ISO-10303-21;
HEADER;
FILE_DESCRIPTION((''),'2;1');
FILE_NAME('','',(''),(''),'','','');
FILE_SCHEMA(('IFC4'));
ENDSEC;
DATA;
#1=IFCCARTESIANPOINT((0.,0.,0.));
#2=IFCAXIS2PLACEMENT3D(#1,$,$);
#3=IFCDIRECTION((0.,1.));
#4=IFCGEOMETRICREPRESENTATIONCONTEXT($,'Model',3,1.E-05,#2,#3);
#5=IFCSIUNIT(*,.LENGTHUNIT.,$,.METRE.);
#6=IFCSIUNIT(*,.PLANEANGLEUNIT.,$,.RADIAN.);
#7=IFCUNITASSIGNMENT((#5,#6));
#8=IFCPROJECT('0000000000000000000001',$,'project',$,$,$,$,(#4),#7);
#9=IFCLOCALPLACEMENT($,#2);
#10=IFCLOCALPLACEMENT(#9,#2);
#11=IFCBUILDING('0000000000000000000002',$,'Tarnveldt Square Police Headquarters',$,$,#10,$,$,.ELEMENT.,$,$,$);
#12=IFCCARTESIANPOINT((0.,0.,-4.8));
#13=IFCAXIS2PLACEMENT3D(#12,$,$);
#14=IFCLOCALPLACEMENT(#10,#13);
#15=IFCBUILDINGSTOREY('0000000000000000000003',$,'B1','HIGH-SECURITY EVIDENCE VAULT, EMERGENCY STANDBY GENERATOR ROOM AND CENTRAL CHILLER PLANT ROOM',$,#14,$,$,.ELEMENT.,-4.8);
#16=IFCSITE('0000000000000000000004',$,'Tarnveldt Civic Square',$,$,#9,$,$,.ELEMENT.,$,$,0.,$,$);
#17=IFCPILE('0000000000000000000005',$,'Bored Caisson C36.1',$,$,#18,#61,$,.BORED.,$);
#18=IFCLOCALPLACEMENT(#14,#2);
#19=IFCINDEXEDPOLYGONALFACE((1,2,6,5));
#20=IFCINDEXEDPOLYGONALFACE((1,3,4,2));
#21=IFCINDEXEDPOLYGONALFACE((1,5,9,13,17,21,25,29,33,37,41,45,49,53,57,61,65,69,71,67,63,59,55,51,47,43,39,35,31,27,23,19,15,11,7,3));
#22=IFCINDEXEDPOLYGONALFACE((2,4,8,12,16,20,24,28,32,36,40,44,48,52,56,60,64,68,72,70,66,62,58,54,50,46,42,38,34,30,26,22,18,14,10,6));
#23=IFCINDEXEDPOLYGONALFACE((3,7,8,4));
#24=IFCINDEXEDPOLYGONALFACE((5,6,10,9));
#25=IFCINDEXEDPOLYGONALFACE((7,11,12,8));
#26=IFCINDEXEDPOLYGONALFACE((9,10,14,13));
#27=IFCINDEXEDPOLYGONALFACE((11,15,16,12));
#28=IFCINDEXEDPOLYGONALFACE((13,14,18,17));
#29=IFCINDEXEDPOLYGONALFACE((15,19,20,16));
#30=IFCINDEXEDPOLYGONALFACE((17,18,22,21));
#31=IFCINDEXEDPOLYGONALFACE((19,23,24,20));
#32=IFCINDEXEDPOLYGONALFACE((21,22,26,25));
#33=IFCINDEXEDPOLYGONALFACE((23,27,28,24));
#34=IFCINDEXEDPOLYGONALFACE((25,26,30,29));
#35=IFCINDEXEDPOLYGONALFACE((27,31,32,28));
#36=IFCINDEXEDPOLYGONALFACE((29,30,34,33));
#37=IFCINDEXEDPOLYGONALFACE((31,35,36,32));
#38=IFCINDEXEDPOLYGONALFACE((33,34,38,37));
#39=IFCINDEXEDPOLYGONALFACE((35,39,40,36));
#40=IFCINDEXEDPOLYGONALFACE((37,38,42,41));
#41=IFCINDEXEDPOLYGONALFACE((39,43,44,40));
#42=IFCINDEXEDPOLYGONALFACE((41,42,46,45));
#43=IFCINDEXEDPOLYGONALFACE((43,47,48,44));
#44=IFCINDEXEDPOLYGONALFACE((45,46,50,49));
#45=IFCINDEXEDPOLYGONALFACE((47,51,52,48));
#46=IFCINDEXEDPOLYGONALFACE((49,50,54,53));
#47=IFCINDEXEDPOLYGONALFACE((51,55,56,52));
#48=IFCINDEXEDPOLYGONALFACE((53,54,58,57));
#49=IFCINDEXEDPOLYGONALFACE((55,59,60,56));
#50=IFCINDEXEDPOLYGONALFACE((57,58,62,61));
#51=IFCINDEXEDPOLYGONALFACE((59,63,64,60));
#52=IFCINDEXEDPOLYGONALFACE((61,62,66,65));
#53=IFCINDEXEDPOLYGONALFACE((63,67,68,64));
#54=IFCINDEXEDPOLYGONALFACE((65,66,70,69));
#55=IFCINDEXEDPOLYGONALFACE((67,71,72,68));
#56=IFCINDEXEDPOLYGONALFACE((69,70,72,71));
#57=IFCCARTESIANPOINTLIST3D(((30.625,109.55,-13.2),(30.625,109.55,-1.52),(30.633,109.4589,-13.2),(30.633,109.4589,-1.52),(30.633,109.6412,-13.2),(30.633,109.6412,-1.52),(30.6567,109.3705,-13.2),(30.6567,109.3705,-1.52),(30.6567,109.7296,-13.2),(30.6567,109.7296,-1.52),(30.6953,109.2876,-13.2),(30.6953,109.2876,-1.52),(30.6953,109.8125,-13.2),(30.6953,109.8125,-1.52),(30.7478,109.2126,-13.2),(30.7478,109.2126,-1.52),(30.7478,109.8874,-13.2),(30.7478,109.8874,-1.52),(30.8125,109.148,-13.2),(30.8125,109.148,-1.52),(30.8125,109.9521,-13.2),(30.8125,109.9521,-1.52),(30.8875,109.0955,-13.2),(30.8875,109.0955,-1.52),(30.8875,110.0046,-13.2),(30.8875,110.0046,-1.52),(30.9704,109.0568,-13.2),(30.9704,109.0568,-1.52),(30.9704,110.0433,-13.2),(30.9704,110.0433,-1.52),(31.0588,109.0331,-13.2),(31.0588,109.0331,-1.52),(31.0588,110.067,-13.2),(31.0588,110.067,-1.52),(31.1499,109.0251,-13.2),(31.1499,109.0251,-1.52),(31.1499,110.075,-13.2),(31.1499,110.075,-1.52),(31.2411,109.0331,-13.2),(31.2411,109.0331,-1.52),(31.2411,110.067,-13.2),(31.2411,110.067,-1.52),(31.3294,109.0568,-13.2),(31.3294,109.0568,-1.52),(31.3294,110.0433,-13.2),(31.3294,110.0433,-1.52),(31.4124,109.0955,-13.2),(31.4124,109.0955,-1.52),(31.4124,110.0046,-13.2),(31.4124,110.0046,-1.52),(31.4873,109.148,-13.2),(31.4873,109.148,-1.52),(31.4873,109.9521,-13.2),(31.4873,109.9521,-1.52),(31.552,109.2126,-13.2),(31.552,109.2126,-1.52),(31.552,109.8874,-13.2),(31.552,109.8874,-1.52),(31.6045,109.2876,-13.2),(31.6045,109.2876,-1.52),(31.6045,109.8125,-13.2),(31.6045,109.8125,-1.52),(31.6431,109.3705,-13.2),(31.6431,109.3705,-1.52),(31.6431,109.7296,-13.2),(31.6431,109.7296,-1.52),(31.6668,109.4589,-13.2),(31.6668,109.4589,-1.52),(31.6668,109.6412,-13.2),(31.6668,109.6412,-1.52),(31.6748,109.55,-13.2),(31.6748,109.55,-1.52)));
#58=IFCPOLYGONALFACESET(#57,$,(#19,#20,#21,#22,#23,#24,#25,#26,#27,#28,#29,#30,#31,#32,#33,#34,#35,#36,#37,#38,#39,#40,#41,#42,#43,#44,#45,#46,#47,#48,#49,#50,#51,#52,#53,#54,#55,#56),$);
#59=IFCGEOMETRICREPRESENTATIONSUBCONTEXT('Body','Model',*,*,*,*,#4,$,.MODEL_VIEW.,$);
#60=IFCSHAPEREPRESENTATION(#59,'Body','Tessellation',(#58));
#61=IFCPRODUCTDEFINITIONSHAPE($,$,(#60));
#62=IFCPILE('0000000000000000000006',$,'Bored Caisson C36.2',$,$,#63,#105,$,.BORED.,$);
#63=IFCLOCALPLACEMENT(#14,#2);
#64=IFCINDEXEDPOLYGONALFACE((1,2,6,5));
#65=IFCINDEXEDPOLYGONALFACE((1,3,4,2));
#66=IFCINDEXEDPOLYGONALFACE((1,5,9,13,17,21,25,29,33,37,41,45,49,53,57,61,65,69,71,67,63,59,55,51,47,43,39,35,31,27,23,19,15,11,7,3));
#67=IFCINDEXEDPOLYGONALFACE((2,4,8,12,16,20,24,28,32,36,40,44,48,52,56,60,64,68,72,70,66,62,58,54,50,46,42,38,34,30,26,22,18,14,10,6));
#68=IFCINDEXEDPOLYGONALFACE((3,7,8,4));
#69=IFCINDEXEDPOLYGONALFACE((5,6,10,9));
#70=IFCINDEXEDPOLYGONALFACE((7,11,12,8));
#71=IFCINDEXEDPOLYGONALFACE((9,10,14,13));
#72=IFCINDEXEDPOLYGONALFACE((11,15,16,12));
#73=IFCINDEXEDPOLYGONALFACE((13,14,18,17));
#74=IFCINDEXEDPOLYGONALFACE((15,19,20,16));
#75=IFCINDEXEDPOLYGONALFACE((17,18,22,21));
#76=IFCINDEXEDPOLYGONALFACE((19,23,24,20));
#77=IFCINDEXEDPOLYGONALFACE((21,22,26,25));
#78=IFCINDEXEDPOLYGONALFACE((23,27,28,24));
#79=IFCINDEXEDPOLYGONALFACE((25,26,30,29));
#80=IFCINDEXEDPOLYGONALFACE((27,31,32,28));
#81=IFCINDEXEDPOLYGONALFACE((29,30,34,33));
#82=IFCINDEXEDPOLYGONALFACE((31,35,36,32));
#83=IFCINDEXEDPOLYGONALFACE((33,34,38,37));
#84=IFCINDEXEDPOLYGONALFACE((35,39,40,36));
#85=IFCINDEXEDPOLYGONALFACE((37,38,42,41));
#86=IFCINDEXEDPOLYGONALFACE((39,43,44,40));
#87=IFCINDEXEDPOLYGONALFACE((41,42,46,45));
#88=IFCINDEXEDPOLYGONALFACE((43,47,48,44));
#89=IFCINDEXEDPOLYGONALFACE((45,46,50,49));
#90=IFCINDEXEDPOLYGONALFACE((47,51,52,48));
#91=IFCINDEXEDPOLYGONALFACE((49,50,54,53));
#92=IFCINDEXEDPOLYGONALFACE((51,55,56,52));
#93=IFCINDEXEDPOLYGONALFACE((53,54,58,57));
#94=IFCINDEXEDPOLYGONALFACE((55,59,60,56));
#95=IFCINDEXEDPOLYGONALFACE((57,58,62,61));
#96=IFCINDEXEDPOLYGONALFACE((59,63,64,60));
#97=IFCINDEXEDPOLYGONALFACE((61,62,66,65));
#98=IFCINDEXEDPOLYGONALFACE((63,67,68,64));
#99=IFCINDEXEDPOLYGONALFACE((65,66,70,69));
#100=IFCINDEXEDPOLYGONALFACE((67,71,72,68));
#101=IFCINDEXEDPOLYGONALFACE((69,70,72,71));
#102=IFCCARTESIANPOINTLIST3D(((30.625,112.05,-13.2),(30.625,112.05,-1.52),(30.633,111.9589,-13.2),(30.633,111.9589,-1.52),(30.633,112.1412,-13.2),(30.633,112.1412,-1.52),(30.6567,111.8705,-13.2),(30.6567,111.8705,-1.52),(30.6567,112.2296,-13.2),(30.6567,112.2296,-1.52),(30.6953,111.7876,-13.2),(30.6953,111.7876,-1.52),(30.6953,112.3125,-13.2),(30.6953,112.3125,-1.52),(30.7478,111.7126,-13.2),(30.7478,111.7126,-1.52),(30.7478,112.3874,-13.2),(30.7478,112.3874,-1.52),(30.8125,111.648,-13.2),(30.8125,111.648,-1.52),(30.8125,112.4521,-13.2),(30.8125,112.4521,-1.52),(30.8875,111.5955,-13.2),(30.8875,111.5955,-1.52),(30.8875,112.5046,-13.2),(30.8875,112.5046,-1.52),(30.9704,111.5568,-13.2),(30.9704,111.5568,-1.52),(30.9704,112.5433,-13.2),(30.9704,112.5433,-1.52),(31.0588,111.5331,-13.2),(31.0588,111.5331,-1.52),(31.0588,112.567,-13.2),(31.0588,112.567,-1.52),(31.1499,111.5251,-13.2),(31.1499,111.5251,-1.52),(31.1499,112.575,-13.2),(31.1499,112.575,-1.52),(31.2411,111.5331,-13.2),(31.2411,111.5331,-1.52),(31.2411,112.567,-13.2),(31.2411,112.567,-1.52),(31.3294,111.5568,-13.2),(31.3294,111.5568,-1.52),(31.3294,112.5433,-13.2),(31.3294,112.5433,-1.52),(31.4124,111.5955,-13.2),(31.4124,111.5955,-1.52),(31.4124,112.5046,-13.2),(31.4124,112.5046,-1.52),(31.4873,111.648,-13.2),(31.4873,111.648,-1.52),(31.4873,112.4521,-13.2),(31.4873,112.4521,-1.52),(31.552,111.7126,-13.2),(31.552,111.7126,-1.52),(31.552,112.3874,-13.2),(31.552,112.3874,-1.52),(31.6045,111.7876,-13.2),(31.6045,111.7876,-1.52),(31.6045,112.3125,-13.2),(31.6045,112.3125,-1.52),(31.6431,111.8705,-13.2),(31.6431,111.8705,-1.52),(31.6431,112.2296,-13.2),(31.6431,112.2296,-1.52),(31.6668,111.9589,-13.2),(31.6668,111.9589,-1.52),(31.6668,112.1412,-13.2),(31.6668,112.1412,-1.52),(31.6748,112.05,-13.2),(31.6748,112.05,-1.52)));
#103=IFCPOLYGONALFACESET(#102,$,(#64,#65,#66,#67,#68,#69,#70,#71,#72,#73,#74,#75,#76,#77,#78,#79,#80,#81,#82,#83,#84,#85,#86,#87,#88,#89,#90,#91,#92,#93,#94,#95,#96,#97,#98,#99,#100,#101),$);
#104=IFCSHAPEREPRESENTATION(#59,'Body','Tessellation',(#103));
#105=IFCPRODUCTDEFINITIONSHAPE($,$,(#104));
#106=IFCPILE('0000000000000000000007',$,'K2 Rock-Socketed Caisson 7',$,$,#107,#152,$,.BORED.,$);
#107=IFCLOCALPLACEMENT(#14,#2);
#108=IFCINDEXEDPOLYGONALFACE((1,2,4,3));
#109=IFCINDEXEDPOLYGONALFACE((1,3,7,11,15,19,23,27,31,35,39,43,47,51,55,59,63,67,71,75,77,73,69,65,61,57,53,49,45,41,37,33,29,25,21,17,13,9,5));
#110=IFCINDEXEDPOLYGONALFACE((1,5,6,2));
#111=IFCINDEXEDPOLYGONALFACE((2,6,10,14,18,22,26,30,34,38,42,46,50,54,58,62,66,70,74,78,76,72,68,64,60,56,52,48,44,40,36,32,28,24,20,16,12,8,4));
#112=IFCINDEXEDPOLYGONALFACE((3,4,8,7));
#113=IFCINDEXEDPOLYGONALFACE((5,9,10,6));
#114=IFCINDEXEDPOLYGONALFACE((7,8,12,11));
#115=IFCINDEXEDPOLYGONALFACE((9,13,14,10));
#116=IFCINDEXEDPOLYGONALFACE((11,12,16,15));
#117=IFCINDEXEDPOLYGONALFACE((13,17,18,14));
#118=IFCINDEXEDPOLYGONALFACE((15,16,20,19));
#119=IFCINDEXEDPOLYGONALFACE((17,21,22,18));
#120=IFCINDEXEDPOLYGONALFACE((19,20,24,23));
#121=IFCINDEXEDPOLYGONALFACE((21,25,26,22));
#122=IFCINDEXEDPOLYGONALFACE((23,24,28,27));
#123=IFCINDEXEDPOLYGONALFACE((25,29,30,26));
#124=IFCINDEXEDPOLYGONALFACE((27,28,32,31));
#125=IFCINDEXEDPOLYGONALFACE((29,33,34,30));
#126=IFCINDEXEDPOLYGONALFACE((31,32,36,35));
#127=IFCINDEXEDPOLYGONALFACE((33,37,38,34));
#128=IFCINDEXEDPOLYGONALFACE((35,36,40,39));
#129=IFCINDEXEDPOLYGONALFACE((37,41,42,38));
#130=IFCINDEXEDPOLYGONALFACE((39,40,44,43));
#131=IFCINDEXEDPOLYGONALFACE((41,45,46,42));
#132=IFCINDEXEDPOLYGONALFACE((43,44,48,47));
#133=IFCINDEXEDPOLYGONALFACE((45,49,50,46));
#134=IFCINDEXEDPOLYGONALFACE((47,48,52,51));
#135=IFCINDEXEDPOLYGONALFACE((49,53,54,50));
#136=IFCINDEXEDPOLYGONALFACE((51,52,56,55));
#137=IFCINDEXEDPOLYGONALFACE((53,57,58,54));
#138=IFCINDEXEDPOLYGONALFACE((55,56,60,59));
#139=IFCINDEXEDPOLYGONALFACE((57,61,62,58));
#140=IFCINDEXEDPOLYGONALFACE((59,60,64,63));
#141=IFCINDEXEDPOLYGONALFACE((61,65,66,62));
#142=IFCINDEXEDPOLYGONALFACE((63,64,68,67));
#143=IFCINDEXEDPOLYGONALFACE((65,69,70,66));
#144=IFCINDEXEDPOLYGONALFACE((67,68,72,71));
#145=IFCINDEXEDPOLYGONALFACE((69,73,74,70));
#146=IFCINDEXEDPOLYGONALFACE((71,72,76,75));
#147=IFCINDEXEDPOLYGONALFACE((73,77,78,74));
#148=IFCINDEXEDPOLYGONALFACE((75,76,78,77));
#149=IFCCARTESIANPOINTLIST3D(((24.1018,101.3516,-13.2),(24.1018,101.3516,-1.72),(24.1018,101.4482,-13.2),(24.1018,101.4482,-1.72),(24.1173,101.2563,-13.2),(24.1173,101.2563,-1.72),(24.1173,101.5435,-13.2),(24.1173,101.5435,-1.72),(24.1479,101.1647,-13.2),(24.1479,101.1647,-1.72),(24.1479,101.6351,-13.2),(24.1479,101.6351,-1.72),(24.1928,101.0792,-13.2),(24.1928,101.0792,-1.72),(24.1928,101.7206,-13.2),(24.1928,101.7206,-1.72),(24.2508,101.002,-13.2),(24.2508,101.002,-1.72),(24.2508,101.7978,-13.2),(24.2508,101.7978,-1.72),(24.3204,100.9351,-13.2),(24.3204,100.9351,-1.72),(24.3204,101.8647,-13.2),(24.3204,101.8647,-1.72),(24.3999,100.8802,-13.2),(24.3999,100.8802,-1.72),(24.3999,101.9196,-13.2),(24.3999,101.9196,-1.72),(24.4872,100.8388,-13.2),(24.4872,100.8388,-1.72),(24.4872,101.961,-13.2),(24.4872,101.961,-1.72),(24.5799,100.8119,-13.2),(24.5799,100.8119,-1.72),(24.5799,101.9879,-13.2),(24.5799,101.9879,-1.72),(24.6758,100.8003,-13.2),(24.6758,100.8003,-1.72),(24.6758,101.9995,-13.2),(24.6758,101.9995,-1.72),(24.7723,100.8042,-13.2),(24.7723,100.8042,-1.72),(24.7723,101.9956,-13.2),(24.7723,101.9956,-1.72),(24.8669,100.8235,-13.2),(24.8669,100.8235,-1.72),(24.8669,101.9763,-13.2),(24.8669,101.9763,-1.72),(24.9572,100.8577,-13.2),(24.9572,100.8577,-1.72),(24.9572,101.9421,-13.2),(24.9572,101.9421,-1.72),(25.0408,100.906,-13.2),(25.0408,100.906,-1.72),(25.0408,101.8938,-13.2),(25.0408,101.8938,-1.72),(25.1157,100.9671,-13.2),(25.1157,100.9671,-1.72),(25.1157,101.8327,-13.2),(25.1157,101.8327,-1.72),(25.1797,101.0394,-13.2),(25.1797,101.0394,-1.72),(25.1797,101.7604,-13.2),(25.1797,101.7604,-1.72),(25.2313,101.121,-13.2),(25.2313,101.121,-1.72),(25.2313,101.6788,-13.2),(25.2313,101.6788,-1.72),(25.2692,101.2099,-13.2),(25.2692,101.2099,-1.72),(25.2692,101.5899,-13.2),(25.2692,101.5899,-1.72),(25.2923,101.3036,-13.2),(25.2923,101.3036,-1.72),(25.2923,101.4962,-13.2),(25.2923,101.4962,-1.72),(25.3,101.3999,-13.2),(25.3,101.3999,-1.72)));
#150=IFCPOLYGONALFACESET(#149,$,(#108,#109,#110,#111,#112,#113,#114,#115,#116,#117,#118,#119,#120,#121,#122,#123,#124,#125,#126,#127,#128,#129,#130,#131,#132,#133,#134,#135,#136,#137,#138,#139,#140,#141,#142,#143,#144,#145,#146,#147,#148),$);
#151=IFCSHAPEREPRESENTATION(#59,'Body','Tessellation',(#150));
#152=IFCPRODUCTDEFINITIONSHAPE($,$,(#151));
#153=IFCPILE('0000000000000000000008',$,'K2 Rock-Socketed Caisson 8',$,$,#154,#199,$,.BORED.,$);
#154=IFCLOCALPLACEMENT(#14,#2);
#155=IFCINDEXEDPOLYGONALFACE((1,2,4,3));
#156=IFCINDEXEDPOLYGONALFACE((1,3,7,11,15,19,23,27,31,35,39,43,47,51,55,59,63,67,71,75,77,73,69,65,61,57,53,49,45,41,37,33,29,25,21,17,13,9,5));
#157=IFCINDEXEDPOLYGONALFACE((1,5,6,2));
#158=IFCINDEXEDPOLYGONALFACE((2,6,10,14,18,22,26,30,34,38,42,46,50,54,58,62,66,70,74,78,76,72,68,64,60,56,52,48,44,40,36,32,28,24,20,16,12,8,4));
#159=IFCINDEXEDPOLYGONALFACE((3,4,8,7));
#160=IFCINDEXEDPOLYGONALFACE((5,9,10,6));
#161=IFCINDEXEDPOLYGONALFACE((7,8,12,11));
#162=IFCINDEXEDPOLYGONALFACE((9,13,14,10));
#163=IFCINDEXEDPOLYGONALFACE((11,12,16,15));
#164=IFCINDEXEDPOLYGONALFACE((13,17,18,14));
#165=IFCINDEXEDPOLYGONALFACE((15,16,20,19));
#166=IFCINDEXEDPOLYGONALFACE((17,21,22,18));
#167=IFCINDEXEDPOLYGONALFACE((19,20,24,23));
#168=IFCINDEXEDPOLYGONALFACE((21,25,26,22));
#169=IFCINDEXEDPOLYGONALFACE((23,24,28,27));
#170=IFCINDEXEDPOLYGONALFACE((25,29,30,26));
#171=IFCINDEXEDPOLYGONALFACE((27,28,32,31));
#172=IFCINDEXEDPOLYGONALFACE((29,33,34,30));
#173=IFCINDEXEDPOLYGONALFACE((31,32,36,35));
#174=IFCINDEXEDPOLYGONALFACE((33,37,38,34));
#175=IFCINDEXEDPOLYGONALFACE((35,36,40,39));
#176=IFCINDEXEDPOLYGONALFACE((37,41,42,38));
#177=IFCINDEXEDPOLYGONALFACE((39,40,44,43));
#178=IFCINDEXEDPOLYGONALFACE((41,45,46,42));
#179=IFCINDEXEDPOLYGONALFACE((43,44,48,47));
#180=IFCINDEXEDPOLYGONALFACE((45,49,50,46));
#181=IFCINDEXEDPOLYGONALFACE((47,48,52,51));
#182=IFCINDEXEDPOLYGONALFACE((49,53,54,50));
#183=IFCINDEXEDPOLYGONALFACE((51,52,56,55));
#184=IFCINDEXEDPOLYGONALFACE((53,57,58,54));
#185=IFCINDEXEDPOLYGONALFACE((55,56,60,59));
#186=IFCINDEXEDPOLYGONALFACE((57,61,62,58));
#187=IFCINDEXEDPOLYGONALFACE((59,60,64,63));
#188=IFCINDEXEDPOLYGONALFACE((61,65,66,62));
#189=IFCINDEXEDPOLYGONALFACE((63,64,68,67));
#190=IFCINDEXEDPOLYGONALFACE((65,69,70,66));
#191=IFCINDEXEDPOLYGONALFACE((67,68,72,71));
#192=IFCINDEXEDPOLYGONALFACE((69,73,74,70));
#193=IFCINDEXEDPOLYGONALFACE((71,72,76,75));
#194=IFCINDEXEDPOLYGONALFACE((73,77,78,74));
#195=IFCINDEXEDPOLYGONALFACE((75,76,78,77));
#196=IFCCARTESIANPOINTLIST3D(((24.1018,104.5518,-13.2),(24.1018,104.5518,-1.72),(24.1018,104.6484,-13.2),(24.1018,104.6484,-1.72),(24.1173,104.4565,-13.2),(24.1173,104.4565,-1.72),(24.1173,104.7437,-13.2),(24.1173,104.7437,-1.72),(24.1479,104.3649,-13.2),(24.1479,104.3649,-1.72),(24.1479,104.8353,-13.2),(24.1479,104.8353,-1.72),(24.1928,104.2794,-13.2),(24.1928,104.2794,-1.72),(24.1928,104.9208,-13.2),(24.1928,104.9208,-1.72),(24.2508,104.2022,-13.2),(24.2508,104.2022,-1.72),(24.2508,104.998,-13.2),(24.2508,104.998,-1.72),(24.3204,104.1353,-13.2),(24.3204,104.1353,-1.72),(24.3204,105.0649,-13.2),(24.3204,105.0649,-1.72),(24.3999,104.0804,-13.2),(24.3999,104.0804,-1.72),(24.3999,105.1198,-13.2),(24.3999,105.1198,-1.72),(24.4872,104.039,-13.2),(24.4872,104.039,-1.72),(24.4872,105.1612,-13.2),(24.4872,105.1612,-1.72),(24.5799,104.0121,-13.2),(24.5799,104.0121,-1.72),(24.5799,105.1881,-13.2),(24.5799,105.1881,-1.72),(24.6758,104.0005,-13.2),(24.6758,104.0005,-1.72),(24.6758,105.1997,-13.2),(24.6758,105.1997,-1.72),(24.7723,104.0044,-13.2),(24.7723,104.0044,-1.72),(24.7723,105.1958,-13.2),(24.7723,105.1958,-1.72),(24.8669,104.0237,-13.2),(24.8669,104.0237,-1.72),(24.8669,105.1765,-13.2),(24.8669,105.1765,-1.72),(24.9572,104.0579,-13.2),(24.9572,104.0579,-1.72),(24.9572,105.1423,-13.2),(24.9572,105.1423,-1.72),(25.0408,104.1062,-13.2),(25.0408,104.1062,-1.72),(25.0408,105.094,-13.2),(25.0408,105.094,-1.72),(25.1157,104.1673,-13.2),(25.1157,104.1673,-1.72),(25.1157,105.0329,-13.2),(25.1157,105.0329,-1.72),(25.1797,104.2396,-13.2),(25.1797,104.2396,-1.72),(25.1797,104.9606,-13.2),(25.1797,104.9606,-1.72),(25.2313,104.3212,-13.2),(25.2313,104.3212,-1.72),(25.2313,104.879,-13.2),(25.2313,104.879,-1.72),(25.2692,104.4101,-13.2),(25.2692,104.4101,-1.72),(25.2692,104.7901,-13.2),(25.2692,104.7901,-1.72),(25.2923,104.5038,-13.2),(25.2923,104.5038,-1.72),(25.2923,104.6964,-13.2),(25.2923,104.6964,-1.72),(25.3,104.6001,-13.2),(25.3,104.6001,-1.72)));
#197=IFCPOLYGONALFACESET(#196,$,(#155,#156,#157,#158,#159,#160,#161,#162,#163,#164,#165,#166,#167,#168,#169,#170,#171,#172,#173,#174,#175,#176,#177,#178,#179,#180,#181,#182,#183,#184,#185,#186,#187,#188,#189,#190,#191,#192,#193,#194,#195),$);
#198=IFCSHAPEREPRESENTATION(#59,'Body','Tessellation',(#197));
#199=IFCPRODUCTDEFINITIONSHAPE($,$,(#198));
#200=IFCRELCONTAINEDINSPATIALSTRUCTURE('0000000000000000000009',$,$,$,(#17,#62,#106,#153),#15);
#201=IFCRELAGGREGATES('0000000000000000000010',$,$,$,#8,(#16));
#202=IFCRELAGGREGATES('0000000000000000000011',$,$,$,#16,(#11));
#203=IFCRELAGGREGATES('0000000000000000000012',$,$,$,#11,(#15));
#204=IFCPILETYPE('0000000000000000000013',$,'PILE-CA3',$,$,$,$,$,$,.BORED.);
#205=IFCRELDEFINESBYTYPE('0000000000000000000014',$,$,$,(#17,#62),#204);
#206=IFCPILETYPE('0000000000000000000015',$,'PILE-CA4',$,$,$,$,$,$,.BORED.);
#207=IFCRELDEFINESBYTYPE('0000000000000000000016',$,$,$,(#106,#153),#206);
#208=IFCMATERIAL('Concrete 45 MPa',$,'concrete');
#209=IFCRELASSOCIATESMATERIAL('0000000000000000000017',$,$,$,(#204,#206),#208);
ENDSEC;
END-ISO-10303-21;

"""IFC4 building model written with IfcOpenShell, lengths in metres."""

from ifc_helpers import new_model, si_unit, direction, frame, origin, origin_2d, place, context, subcontext, project, spatial, circle, extrude, material, material_profile, profile_set, type_object, element, save


model = new_model("IFC4")

# Units and contexts
model_context = context("Model", 3, precision=1e-05, world=origin(), true_north=direction((0.0, 1.0)))
body_context = subcontext(model_context, "Body", "Model", "MODEL_VIEW")
ifc_project = project(units=[si_unit("LENGTHUNIT", "METRE"), si_unit("PLANEANGLEUNIT", "RADIAN")], contexts=[model_context])

# Site, building, storey
site_placement = place(None, origin())
site = spatial("IfcSite", under=ifc_project, at=site_placement, Name="Tarnveldt Civic Square", CompositionType="ELEMENT", RefElevation=0.0)
building_placement = place(site_placement, origin())
building = spatial("IfcBuilding", under=site, at=building_placement, Name="Tarnveldt Square Police Headquarters", CompositionType="ELEMENT")
storey_placement = place(building_placement, frame((0.0, 0.0, -4.8)))
storey = spatial("IfcBuildingStorey", under=building, at=storey_placement, Name="B1", Description="HIGH-SECURITY EVIDENCE VAULT, EMERGENCY STANDBY GENERATOR ROOM AND CENTRAL CHILLER PLANT ROOM", CompositionType="ELEMENT", Elevation=-4.8)

# Shared definitions
ifc_material_1 = material(Name="Concrete 45 MPa", Category="concrete")

# Piles
ifc_material_profile_1 = material_profile(ifc_material_1, circle(Radius=0.5249, at=origin_2d()), Name="CAISSON-D1050")
ifc_profile_set_1 = profile_set([ifc_material_profile_1], Name="Concrete 45 MPa")
pile_type_1 = type_object("IfcPileType", Name="PILE-CA3", PredefinedType="BORED", material=ifc_profile_set_1)
for number, where, z_axis, x_axis, name in (
    (1, (31.1499, 109.55, -1.52), (0.0, 0.0, -1.0), (1.0, 0.0, 0.0), "Bored Caisson C36.1"),
    (2, (31.1499, 112.05, -1.52), (0.0, 0.0, -1.0), (1.0, 0.0, 0.0), "Bored Caisson C36.2"),
):
    element("IfcPile", number, at=place(storey_placement, frame(where, z_axis=z_axis, x_axis=x_axis)), inside=storey, type_object=pile_type_1, Name=name, PredefinedType="BORED", context=body_context, shape_type="SweptSolid", body=[
        extrude(circle(Radius=0.5249, at=origin_2d()), origin(), (0.0, 0.0, 1.0), 11.6799),
    ])
ifc_material_profile_2 = material_profile(ifc_material_1, circle(Radius=0.6001, at=origin_2d()), Name="CAISSON-D1200")
ifc_profile_set_2 = profile_set([ifc_material_profile_2], Name="Concrete 45 MPa")
pile_type_2 = type_object("IfcPileType", Name="PILE-CA4", PredefinedType="BORED", material=ifc_profile_set_2)
for number, where, z_axis, x_axis, name in (
    (3, (24.7, 101.3999, -1.72), (0.0, 0.0, -1.0), (1.0, 0.0, 0.0), "K2 Rock-Socketed Caisson 7"),
    (4, (24.7, 104.6001, -1.72), (0.0, 0.0, -1.0), (1.0, 0.0, 0.0), "K2 Rock-Socketed Caisson 8"),
):
    element("IfcPile", number, at=place(storey_placement, frame(where, z_axis=z_axis, x_axis=x_axis)), inside=storey, type_object=pile_type_2, Name=name, PredefinedType="BORED", context=body_context, shape_type="SweptSolid", body=[
        extrude(circle(Radius=0.6001, at=origin_2d()), origin(), (0.0, 0.0, 1.0), 11.48),
    ])

save(model, "model.ifc")
